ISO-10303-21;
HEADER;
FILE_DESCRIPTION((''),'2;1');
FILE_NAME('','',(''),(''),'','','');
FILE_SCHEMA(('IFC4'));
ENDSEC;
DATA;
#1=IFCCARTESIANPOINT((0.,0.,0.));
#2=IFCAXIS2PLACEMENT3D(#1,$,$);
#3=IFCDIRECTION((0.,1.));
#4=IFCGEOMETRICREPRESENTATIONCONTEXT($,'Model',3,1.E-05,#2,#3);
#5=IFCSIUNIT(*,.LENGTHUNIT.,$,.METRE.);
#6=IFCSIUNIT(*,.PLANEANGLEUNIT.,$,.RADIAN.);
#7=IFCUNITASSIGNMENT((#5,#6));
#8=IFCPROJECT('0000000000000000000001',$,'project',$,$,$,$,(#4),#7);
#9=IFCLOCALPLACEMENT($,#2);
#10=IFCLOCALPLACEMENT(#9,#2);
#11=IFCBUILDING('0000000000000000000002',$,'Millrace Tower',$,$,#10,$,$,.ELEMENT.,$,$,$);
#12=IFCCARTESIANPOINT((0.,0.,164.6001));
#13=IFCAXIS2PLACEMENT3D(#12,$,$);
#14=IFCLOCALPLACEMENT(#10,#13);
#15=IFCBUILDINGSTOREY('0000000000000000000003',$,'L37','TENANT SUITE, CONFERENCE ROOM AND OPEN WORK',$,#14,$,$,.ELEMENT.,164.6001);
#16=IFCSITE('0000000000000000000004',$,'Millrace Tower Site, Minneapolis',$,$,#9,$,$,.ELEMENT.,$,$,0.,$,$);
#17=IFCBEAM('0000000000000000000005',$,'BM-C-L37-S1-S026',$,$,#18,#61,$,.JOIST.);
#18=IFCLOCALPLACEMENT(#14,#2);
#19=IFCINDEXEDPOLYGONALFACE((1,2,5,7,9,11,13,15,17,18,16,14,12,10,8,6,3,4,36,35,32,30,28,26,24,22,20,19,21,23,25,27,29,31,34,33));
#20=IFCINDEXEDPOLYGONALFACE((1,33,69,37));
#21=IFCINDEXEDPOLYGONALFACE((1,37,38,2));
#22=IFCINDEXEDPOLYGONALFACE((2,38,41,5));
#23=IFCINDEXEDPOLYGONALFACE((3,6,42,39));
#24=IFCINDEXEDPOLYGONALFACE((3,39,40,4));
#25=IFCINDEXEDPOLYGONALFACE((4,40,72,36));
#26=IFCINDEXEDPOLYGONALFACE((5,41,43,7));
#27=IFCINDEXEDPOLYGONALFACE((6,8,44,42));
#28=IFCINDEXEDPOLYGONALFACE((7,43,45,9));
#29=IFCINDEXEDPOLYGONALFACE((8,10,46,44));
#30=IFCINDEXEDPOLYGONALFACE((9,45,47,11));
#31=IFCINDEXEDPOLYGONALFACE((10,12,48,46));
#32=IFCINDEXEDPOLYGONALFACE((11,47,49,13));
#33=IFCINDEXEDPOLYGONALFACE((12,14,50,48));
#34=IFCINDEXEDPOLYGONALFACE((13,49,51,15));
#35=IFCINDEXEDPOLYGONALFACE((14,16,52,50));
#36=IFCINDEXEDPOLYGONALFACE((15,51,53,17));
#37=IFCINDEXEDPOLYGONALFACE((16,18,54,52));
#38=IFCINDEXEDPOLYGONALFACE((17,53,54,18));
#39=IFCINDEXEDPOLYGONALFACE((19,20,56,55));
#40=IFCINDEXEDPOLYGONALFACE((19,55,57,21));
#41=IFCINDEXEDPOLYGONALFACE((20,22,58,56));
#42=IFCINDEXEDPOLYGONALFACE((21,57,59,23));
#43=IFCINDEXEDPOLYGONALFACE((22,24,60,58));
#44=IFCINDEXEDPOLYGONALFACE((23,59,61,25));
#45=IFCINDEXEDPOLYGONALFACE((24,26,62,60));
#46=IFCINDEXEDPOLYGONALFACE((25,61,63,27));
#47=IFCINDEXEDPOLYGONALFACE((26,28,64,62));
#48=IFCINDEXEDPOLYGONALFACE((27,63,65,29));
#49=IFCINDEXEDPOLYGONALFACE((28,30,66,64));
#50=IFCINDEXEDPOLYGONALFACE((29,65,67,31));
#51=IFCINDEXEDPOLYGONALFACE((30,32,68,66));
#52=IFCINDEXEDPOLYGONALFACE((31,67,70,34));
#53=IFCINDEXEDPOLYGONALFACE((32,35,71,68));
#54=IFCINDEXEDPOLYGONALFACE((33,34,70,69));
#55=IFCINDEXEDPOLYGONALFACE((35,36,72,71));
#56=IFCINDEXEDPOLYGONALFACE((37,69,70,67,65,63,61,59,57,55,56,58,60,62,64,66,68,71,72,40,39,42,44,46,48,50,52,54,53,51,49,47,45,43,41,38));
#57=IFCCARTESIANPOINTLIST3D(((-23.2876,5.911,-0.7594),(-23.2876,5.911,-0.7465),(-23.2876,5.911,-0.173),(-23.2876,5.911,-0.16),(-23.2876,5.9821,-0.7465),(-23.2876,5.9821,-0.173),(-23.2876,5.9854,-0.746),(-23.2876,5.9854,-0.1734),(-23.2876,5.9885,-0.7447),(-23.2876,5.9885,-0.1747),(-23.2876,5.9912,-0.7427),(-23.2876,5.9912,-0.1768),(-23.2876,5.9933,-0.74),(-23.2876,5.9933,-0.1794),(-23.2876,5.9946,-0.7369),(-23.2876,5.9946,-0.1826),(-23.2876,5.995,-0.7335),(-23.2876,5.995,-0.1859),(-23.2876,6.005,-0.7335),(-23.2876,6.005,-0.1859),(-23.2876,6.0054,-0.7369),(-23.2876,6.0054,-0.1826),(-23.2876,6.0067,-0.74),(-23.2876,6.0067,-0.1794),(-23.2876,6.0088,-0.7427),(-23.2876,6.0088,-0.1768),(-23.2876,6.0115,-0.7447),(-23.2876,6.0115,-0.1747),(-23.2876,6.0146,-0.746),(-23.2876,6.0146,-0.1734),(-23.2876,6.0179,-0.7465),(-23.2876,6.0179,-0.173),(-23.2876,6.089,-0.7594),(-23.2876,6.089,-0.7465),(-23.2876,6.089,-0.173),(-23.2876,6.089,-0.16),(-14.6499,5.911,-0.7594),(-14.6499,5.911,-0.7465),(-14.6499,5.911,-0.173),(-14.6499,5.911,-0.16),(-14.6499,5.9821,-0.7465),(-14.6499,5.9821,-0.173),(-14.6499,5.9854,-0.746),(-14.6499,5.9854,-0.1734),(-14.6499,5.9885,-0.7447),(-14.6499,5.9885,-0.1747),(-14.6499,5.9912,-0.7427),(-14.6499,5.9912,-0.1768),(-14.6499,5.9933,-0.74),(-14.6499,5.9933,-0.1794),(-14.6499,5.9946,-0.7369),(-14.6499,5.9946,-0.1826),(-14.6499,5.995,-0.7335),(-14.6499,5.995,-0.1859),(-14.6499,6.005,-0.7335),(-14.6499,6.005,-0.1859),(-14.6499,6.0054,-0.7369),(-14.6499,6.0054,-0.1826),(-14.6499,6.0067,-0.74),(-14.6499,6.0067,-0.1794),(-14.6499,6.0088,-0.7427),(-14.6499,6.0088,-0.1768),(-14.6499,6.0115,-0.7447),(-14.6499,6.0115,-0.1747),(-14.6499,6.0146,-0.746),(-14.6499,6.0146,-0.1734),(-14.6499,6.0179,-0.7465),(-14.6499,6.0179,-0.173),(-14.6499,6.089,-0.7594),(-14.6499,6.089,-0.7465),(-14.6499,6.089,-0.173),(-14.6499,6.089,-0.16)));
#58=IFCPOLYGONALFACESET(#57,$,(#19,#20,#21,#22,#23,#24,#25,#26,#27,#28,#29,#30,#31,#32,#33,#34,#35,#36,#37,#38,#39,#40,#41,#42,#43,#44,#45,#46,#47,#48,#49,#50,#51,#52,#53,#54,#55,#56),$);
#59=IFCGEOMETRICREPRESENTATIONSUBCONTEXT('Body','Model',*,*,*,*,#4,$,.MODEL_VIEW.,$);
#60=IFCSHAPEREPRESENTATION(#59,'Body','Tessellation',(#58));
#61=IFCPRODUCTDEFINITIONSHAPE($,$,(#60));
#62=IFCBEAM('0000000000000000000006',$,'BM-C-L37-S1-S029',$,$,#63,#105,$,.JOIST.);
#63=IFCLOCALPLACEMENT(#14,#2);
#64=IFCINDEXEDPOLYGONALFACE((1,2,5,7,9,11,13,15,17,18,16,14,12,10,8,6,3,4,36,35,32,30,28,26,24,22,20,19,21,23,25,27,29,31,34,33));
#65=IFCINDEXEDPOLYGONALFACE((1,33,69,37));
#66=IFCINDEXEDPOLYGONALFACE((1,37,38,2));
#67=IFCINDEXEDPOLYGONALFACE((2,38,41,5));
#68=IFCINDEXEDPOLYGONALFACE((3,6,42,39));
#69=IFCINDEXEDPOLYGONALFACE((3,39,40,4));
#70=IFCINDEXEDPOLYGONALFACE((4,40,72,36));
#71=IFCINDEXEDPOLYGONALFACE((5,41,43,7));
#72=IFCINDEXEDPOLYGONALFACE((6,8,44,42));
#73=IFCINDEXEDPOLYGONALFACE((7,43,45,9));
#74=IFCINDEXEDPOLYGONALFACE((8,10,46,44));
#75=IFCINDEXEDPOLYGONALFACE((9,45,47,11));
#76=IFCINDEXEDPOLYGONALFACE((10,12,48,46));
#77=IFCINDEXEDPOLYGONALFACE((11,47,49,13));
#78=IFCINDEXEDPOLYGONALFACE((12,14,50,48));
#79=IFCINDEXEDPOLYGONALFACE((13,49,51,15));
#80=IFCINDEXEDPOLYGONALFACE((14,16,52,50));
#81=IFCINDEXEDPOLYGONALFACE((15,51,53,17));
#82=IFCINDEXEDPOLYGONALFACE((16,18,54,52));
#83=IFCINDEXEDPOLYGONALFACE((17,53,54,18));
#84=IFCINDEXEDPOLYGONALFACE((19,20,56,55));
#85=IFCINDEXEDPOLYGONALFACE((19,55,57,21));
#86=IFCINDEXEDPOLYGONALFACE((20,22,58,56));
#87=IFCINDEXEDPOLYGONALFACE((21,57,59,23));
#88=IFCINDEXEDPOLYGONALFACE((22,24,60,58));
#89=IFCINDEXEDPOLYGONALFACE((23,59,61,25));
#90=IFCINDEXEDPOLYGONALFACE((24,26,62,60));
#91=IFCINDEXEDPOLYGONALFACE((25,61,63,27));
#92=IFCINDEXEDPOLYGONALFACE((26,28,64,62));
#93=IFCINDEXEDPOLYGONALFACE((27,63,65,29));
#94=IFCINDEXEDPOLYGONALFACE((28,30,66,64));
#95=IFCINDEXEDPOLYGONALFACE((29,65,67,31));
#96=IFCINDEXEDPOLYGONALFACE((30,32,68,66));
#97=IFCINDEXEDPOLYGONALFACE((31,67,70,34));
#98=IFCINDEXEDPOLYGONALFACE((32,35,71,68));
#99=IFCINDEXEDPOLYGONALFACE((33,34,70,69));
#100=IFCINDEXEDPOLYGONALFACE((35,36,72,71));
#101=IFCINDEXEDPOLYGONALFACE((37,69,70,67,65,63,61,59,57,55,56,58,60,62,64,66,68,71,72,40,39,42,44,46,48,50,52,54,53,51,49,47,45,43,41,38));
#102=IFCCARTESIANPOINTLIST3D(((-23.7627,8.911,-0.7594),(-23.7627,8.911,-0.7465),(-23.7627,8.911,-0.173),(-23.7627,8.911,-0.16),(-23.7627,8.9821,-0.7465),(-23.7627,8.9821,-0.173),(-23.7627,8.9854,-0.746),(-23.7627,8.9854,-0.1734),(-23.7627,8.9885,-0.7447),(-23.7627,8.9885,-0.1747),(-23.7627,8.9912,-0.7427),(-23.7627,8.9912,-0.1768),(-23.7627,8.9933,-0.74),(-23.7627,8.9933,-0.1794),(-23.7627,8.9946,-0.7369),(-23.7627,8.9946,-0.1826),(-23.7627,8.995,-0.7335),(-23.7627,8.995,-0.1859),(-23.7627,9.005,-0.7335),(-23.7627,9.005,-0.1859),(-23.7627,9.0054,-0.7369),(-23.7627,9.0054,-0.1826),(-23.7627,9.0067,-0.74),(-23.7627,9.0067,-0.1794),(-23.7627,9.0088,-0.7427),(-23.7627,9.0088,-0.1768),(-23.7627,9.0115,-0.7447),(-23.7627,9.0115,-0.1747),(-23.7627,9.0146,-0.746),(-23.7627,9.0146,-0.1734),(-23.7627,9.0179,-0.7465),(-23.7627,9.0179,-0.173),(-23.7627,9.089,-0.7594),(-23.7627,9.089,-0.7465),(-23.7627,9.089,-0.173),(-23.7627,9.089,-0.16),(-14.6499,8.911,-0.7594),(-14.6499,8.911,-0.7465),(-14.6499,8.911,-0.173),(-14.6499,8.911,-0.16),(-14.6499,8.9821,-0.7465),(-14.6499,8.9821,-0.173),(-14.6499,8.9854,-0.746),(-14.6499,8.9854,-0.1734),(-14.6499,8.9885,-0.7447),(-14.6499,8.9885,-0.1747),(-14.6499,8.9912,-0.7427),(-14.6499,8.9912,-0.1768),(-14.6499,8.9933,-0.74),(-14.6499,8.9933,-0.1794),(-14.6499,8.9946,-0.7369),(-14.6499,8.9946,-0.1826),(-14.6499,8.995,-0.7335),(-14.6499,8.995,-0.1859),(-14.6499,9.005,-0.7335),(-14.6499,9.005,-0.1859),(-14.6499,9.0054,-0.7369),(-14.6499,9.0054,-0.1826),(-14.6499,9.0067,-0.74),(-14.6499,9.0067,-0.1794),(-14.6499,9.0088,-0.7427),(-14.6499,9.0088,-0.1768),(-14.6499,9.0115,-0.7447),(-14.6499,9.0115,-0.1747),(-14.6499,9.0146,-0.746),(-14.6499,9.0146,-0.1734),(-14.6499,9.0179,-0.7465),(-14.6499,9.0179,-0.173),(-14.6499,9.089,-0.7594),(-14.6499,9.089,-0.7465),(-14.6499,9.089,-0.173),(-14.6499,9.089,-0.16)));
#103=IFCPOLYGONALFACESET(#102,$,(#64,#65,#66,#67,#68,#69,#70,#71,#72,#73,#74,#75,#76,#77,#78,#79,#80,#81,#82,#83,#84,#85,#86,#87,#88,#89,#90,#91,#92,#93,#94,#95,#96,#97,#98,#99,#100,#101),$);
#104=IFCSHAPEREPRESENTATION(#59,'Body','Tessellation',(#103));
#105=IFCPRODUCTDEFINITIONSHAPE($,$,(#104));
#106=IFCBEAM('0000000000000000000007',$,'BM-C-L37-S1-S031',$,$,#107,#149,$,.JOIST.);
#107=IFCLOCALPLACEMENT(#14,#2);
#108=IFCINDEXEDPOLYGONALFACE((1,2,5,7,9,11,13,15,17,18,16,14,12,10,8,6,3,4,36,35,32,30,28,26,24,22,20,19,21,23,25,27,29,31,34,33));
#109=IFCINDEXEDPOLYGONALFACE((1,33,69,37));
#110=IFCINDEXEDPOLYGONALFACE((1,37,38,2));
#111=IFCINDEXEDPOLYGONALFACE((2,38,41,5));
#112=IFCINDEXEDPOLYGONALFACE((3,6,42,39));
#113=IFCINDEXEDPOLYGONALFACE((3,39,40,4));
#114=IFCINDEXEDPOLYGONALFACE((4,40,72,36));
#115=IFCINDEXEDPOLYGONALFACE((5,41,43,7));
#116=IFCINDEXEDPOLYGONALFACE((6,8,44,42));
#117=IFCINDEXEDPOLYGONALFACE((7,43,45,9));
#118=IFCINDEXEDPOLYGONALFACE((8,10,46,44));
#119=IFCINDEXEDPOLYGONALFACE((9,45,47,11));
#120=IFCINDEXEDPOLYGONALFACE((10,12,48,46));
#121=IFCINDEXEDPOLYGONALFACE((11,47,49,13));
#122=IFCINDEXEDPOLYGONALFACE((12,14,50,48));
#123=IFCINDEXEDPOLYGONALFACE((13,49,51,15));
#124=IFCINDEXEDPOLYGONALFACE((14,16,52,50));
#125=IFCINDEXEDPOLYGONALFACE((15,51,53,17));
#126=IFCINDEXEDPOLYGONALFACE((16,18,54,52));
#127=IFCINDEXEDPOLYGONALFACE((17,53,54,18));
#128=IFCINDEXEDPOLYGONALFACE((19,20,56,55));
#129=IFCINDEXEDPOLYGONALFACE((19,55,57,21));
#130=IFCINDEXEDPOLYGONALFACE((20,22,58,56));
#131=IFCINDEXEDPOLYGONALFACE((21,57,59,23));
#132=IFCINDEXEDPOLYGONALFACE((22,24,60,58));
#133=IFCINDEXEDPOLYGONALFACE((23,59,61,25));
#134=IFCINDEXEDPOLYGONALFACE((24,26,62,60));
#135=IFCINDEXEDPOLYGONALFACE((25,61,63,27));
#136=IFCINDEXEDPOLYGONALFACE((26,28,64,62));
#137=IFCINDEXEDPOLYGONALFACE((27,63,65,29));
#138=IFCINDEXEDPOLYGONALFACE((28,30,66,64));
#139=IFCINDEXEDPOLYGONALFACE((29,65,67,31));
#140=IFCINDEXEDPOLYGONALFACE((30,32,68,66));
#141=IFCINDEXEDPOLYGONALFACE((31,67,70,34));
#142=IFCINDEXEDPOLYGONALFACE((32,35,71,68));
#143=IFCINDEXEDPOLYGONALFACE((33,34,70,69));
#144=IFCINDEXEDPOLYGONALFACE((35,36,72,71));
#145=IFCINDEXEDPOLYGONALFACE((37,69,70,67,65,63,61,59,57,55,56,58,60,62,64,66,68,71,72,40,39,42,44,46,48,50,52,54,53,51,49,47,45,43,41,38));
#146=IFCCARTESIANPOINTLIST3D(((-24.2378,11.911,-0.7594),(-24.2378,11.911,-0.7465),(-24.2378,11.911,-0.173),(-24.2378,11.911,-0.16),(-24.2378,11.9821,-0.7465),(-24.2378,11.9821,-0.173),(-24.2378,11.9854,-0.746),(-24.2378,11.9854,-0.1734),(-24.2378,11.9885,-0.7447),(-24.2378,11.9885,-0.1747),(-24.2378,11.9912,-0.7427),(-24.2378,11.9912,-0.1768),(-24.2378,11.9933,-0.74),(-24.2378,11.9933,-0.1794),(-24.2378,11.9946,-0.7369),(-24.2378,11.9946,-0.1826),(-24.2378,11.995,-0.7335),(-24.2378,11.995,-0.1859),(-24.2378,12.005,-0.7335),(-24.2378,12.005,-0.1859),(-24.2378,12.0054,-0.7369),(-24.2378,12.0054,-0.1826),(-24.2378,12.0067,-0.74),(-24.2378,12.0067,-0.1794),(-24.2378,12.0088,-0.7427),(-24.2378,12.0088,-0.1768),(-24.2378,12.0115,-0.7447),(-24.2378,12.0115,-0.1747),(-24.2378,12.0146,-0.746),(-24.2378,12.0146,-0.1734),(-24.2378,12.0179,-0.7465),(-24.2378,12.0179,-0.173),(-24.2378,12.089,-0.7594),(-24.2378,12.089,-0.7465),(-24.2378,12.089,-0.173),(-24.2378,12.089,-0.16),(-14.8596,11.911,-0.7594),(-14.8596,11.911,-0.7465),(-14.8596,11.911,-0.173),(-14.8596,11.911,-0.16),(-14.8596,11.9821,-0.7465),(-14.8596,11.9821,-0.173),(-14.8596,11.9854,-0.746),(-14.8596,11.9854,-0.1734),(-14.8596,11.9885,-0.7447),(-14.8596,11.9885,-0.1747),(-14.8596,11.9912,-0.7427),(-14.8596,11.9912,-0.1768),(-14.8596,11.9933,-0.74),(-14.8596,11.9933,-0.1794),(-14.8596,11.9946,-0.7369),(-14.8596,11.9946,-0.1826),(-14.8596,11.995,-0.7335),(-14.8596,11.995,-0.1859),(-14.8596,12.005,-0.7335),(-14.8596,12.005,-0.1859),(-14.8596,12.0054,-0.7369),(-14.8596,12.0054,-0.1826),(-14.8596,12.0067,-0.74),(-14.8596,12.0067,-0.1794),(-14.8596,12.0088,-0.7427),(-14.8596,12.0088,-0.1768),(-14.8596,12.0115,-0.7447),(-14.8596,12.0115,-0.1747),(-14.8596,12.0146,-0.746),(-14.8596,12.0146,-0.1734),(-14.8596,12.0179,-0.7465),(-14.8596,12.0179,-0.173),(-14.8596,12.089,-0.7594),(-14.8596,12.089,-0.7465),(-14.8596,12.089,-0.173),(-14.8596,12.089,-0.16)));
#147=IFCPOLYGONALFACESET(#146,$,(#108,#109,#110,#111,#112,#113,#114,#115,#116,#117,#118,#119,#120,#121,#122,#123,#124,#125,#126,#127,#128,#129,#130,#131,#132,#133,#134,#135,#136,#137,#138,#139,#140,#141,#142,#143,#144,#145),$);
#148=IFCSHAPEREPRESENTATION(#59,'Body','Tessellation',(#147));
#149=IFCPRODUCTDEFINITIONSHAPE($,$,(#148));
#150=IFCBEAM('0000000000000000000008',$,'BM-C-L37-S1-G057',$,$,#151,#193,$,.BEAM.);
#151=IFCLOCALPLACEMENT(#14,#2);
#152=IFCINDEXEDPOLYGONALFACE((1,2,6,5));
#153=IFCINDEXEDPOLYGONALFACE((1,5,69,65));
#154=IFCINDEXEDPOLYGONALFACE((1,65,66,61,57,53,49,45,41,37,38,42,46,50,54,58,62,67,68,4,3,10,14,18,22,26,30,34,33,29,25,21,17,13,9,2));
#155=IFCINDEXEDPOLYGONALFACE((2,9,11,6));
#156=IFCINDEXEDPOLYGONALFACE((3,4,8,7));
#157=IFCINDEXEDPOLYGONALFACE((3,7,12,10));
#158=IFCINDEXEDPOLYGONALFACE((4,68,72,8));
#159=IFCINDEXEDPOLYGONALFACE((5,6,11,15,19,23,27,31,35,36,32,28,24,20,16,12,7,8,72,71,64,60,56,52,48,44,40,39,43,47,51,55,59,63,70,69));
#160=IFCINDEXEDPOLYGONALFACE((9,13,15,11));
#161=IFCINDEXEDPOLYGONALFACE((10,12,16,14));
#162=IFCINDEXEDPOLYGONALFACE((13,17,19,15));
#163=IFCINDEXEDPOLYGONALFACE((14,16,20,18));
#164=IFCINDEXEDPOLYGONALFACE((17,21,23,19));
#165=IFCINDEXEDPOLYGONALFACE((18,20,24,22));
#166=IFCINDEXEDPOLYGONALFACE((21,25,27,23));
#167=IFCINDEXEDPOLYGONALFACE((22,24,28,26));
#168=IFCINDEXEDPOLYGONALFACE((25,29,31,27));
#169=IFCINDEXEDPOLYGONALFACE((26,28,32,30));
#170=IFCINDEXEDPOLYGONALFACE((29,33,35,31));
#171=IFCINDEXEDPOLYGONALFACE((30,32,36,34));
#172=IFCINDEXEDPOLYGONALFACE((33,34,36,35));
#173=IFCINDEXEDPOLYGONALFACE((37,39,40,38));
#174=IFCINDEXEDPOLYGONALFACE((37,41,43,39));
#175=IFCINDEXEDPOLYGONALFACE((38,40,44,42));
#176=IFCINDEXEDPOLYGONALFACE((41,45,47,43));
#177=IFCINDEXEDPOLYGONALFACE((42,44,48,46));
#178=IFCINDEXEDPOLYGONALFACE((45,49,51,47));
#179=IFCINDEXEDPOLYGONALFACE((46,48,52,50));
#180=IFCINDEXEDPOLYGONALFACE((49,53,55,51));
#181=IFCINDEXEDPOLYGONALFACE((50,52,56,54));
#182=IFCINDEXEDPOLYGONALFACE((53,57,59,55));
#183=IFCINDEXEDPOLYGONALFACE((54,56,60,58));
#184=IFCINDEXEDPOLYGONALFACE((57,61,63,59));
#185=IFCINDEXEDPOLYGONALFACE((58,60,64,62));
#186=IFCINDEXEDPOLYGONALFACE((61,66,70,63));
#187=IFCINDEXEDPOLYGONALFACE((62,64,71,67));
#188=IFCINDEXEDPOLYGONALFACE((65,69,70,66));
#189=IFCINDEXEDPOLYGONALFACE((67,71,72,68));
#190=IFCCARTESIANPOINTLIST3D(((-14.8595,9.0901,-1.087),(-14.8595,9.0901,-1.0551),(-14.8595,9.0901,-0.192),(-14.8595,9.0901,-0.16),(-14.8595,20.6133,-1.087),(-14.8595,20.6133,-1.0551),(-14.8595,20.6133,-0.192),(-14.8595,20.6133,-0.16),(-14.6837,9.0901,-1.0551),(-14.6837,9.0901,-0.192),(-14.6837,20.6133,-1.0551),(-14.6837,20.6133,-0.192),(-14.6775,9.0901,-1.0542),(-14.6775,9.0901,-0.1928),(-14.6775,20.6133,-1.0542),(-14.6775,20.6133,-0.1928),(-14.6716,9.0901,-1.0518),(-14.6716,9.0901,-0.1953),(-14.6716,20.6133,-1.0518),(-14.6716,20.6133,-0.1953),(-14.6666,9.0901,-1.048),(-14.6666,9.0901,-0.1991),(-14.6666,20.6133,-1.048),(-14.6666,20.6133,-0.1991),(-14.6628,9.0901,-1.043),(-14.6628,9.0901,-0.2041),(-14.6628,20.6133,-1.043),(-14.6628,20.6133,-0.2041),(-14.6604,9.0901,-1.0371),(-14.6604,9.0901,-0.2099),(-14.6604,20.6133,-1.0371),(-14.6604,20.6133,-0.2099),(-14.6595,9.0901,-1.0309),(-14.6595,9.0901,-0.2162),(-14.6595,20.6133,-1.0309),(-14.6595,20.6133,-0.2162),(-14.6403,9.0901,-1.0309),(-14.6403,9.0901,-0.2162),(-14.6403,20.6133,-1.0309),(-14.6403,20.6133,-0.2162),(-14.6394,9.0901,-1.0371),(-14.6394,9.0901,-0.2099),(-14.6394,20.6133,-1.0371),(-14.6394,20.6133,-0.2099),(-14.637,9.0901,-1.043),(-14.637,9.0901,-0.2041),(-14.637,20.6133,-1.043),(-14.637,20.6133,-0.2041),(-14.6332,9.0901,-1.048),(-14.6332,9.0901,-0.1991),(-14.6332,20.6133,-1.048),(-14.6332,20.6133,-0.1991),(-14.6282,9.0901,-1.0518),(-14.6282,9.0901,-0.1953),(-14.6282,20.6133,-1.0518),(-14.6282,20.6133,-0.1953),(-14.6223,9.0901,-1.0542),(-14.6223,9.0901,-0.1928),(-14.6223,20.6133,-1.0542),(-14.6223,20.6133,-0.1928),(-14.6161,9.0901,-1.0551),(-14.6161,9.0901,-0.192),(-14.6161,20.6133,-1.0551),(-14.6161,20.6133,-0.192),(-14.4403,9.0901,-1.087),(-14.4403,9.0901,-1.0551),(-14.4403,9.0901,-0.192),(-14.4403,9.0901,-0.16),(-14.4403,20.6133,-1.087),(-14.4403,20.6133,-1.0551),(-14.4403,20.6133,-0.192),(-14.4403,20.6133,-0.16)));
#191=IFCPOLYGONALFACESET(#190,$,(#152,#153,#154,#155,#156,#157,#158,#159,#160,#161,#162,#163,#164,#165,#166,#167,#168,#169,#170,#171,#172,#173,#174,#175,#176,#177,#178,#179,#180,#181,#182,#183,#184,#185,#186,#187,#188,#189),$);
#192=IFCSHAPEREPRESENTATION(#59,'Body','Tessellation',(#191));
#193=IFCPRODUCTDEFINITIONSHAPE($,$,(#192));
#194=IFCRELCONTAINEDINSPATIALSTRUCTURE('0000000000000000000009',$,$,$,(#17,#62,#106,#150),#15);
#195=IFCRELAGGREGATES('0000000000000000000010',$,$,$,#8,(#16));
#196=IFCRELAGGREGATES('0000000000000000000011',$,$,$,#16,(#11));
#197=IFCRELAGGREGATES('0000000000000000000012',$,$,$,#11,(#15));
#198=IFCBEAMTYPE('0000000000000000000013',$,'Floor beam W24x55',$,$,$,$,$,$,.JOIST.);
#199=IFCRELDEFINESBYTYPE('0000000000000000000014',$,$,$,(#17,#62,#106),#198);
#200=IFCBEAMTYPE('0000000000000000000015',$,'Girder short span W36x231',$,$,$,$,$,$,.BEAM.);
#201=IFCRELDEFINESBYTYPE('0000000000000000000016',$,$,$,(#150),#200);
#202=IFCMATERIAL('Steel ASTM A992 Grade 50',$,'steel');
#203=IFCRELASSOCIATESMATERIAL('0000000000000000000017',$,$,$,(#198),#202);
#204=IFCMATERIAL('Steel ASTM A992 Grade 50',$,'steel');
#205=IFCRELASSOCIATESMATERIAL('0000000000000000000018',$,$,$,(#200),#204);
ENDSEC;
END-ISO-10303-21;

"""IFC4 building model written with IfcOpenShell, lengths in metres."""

from ifc_helpers import new_model, si_unit, direction, frame, origin, origin_2d, place, context, subcontext, project, spatial, i_section, extrude, material, material_profile, profile_set, type_object, element, save


model = new_model("IFC4")

# Units and contexts
model_context = context("Model", 3, precision=1e-05, world=origin(), true_north=direction((0.0, 1.0)))
body_context = subcontext(model_context, "Body", "Model", "MODEL_VIEW")
ifc_project = project(units=[si_unit("LENGTHUNIT", "METRE"), si_unit("PLANEANGLEUNIT", "RADIAN")], contexts=[model_context])

# Site, building, storey
site_placement = place(None, origin())
site = spatial("IfcSite", under=ifc_project, at=site_placement, Name="Millrace Tower Site, Minneapolis", CompositionType="ELEMENT", RefElevation=0.0)
building_placement = place(site_placement, origin())
building = spatial("IfcBuilding", under=site, at=building_placement, Name="Millrace Tower", CompositionType="ELEMENT")
storey_placement = place(building_placement, frame((0.0, 0.0, 164.6001)))
storey = spatial("IfcBuildingStorey", under=building, at=storey_placement, Name="L37", Description="TENANT SUITE, CONFERENCE ROOM AND OPEN WORK", CompositionType="ELEMENT", Elevation=164.6001)

# Beams
ifc_material_1 = material(Name="Steel ASTM A992 Grade 50", Category="steel")
ifc_material_profile_1 = material_profile(ifc_material_1, i_section(OverallWidth=0.178, OverallDepth=0.5994, WebThickness=0.01, FlangeThickness=0.0129, FilletRadius=0.0129, at=origin_2d()))
ifc_profile_set_1 = profile_set([ifc_material_profile_1], Name="Steel ASTM A992 Grade 50")
beam_type_1 = type_object("IfcBeamType", Name="Floor beam W24x55", PredefinedType="JOIST", material=ifc_profile_set_1)
beam_1_placement = place(storey_placement, frame((-23.2876, 6.0, -0.4597), z_axis=(1.0, 0.0, 0.0), x_axis=(0.0, 1.0, 0.0)))
element("IfcBeam", 1, at=beam_1_placement, inside=storey, type_object=beam_type_1, Name="BM-C-L37-S1-S026", PredefinedType="JOIST", context=body_context, shape_type="SweptSolid", body=[
    extrude(i_section(OverallWidth=0.178, OverallDepth=0.5994, WebThickness=0.01, FlangeThickness=0.0129, FilletRadius=0.0129, at=origin_2d()), origin(), (0.0, 0.0, 1.0), 8.6377),
])
beam_2_placement = place(storey_placement, frame((-23.7627, 9.0, -0.4597), z_axis=(1.0, 0.0, 0.0), x_axis=(0.0, 1.0, 0.0)))
element("IfcBeam", 2, at=beam_2_placement, inside=storey, type_object=beam_type_1, Name="BM-C-L37-S1-S029", PredefinedType="JOIST", context=body_context, shape_type="SweptSolid", body=[
    extrude(i_section(OverallWidth=0.178, OverallDepth=0.5994, WebThickness=0.01, FlangeThickness=0.0129, FilletRadius=0.0129, at=origin_2d()), origin(), (0.0, 0.0, 1.0), 9.1128),
])
beam_3_placement = place(storey_placement, frame((-24.2378, 12.0, -0.4597), z_axis=(1.0, 0.0, 0.0), x_axis=(0.0, 1.0, 0.0)))
element("IfcBeam", 3, at=beam_3_placement, inside=storey, type_object=beam_type_1, Name="BM-C-L37-S1-S031", PredefinedType="JOIST", context=body_context, shape_type="SweptSolid", body=[
    extrude(i_section(OverallWidth=0.178, OverallDepth=0.5994, WebThickness=0.01, FlangeThickness=0.0129, FilletRadius=0.0129, at=origin_2d()), origin(), (0.0, 0.0, 1.0), 9.3782),
])
ifc_material_2 = material(Name="Steel ASTM A992 Grade 50", Category="steel")
ifc_material_profile_2 = material_profile(ifc_material_2, i_section(OverallWidth=0.4192, OverallDepth=0.927, WebThickness=0.0193, FlangeThickness=0.032, FilletRadius=0.0242, at=origin_2d()))
ifc_profile_set_2 = profile_set([ifc_material_profile_2], Name="Steel ASTM A992 Grade 50")
beam_type_2 = type_object("IfcBeamType", Name="Girder short span W36x231", PredefinedType="BEAM", material=ifc_profile_set_2)
beam_4_placement = place(storey_placement, frame((-14.6499, 9.0901, -0.6235), z_axis=(0.0, 1.0, 0.0), x_axis=(-1.0, 0.0, 0.0)))
element("IfcBeam", 4, at=beam_4_placement, inside=storey, type_object=beam_type_2, Name="BM-C-L37-S1-G057", PredefinedType="BEAM", context=body_context, shape_type="SweptSolid", body=[
    extrude(i_section(OverallWidth=0.4192, OverallDepth=0.927, WebThickness=0.0193, FlangeThickness=0.032, FilletRadius=0.0242, at=origin_2d()), origin(), (0.0, 0.0, 1.0), 11.5232),
])

save(model, "model.ifc")
